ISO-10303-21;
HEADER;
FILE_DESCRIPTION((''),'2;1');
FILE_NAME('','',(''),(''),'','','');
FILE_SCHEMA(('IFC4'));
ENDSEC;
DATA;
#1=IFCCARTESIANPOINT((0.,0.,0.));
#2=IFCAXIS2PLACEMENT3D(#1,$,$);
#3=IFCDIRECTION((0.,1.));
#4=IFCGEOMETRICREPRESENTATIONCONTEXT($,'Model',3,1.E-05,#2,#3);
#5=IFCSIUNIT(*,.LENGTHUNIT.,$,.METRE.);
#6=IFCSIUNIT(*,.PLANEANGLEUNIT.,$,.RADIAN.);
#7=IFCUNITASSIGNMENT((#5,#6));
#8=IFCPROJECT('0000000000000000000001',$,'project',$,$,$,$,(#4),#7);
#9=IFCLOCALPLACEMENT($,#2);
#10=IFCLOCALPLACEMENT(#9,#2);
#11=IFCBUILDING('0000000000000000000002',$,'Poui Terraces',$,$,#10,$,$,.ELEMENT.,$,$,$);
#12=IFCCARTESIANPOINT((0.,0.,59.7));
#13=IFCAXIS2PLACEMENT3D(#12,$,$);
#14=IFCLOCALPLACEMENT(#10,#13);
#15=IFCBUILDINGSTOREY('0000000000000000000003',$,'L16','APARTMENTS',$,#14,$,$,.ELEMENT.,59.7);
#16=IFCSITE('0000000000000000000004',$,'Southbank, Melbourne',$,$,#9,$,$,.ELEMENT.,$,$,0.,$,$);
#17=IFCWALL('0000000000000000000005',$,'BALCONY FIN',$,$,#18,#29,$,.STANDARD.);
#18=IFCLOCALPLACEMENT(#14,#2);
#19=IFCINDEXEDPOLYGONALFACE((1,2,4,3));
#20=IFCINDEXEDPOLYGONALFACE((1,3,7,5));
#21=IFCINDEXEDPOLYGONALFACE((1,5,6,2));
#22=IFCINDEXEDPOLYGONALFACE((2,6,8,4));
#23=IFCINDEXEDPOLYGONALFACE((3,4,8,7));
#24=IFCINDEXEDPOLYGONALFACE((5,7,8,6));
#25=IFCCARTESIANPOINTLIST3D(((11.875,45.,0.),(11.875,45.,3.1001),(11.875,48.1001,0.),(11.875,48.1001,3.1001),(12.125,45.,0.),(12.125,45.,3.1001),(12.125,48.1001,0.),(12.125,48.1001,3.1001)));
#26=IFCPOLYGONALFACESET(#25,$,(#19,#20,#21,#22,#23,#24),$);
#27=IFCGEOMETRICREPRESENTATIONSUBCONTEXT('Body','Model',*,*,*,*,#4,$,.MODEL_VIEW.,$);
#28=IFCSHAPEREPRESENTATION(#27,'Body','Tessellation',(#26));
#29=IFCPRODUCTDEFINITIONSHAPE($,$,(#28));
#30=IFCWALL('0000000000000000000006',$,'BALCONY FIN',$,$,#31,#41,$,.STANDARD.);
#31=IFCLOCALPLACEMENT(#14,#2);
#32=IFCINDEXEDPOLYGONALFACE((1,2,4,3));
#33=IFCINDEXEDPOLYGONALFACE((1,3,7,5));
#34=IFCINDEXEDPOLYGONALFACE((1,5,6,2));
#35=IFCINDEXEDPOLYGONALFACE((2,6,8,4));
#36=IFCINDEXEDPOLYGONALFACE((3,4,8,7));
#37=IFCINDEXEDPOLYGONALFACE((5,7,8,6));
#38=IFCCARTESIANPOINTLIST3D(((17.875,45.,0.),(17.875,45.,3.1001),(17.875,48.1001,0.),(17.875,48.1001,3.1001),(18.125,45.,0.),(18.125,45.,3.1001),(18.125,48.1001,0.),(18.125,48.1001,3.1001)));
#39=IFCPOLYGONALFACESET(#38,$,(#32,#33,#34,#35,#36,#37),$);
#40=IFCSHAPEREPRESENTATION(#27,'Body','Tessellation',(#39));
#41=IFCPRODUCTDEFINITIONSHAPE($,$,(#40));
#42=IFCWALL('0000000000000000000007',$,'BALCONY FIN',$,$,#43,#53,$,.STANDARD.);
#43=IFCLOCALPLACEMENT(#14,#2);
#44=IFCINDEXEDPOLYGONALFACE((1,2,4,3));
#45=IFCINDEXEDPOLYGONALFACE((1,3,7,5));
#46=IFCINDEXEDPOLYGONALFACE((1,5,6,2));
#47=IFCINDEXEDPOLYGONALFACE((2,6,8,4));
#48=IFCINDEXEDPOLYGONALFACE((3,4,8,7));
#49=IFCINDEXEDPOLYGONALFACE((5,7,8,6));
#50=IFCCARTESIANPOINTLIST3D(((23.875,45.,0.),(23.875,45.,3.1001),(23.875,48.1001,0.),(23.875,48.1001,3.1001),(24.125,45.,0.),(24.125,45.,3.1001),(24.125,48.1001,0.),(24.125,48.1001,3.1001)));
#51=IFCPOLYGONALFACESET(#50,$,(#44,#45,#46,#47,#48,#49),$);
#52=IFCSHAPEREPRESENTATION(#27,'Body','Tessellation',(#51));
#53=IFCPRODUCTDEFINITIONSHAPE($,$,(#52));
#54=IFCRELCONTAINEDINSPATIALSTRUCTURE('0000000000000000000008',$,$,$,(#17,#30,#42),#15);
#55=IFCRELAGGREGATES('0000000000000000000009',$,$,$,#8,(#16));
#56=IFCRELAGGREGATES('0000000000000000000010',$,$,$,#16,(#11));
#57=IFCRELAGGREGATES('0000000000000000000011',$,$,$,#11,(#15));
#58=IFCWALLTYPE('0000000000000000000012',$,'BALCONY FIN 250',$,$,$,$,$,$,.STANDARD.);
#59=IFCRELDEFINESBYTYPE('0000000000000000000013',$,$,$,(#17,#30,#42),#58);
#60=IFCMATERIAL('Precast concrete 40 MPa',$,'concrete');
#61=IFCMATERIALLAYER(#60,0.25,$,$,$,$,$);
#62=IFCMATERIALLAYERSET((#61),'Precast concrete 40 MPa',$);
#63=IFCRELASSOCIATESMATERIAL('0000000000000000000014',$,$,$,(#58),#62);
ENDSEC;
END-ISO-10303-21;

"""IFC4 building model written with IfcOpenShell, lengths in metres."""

from ifc_helpers import new_model, si_unit, direction, frame, origin, place, context, subcontext, project, spatial, polyline, outline, extrude, source, transform, mapped, material, layer, layer_set, type_object, element, save


model = new_model("IFC4")

# Units and contexts
model_context = context("Model", 3, precision=1e-05, world=origin(), true_north=direction((0.0, 1.0)))
body_context = subcontext(model_context, "Body", "Model", "MODEL_VIEW")
ifc_project = project(units=[si_unit("LENGTHUNIT", "METRE"), si_unit("PLANEANGLEUNIT", "RADIAN")], contexts=[model_context])

# Site, building, storey
site_placement = place(None, origin())
site = spatial("IfcSite", under=ifc_project, at=site_placement, Name="Southbank, Melbourne", CompositionType="ELEMENT", RefElevation=0.0)
building_placement = place(site_placement, origin())
building = spatial("IfcBuilding", under=site, at=building_placement, Name="Poui Terraces", CompositionType="ELEMENT")
storey_placement = place(building_placement, frame((0.0, 0.0, 59.7)))
storey = spatial("IfcBuildingStorey", under=building, at=storey_placement, Name="L16", Description="APARTMENTS", CompositionType="ELEMENT", Elevation=59.7)

# Walls
ifc_material_1 = material(Name="Precast concrete 40 MPa", Category="concrete")
ifc_layer_1 = layer(ifc_material_1, 0.25)
ifc_layer_set_1 = layer_set([ifc_layer_1], Name="Precast concrete 40 MPa")
wall_type_1 = type_object("IfcWallType", Name="BALCONY FIN 250", PredefinedType="STANDARD", material=ifc_layer_set_1)
shared_shape_1 = source(origin(), body_context, "Body", "SweptSolid", [
    extrude(outline(polyline([(0.0, 0.0), (0.25, 0.0), (0.25, 3.1001), (0.0, 3.1001), (0.0, 0.0)])), origin(), (0.0, 0.0, 1.0), 3.1001),
])
for number, where, name in (
    (1, (11.875, 45.0, 0.0), "BALCONY FIN"),
    (2, (17.875, 45.0, 0.0), "BALCONY FIN"),
    (3, (23.875, 45.0, 0.0), "BALCONY FIN"),
):
    element("IfcWall", number, at=place(storey_placement, frame(where)), inside=storey, type_object=wall_type_1, Name=name, PredefinedType="STANDARD", context=body_context, shape_type="MappedRepresentation", body=[
        mapped(shared_shape_1, transform((0.0, 0.0, 0.0))),
    ])

save(model, "model.ifc")
